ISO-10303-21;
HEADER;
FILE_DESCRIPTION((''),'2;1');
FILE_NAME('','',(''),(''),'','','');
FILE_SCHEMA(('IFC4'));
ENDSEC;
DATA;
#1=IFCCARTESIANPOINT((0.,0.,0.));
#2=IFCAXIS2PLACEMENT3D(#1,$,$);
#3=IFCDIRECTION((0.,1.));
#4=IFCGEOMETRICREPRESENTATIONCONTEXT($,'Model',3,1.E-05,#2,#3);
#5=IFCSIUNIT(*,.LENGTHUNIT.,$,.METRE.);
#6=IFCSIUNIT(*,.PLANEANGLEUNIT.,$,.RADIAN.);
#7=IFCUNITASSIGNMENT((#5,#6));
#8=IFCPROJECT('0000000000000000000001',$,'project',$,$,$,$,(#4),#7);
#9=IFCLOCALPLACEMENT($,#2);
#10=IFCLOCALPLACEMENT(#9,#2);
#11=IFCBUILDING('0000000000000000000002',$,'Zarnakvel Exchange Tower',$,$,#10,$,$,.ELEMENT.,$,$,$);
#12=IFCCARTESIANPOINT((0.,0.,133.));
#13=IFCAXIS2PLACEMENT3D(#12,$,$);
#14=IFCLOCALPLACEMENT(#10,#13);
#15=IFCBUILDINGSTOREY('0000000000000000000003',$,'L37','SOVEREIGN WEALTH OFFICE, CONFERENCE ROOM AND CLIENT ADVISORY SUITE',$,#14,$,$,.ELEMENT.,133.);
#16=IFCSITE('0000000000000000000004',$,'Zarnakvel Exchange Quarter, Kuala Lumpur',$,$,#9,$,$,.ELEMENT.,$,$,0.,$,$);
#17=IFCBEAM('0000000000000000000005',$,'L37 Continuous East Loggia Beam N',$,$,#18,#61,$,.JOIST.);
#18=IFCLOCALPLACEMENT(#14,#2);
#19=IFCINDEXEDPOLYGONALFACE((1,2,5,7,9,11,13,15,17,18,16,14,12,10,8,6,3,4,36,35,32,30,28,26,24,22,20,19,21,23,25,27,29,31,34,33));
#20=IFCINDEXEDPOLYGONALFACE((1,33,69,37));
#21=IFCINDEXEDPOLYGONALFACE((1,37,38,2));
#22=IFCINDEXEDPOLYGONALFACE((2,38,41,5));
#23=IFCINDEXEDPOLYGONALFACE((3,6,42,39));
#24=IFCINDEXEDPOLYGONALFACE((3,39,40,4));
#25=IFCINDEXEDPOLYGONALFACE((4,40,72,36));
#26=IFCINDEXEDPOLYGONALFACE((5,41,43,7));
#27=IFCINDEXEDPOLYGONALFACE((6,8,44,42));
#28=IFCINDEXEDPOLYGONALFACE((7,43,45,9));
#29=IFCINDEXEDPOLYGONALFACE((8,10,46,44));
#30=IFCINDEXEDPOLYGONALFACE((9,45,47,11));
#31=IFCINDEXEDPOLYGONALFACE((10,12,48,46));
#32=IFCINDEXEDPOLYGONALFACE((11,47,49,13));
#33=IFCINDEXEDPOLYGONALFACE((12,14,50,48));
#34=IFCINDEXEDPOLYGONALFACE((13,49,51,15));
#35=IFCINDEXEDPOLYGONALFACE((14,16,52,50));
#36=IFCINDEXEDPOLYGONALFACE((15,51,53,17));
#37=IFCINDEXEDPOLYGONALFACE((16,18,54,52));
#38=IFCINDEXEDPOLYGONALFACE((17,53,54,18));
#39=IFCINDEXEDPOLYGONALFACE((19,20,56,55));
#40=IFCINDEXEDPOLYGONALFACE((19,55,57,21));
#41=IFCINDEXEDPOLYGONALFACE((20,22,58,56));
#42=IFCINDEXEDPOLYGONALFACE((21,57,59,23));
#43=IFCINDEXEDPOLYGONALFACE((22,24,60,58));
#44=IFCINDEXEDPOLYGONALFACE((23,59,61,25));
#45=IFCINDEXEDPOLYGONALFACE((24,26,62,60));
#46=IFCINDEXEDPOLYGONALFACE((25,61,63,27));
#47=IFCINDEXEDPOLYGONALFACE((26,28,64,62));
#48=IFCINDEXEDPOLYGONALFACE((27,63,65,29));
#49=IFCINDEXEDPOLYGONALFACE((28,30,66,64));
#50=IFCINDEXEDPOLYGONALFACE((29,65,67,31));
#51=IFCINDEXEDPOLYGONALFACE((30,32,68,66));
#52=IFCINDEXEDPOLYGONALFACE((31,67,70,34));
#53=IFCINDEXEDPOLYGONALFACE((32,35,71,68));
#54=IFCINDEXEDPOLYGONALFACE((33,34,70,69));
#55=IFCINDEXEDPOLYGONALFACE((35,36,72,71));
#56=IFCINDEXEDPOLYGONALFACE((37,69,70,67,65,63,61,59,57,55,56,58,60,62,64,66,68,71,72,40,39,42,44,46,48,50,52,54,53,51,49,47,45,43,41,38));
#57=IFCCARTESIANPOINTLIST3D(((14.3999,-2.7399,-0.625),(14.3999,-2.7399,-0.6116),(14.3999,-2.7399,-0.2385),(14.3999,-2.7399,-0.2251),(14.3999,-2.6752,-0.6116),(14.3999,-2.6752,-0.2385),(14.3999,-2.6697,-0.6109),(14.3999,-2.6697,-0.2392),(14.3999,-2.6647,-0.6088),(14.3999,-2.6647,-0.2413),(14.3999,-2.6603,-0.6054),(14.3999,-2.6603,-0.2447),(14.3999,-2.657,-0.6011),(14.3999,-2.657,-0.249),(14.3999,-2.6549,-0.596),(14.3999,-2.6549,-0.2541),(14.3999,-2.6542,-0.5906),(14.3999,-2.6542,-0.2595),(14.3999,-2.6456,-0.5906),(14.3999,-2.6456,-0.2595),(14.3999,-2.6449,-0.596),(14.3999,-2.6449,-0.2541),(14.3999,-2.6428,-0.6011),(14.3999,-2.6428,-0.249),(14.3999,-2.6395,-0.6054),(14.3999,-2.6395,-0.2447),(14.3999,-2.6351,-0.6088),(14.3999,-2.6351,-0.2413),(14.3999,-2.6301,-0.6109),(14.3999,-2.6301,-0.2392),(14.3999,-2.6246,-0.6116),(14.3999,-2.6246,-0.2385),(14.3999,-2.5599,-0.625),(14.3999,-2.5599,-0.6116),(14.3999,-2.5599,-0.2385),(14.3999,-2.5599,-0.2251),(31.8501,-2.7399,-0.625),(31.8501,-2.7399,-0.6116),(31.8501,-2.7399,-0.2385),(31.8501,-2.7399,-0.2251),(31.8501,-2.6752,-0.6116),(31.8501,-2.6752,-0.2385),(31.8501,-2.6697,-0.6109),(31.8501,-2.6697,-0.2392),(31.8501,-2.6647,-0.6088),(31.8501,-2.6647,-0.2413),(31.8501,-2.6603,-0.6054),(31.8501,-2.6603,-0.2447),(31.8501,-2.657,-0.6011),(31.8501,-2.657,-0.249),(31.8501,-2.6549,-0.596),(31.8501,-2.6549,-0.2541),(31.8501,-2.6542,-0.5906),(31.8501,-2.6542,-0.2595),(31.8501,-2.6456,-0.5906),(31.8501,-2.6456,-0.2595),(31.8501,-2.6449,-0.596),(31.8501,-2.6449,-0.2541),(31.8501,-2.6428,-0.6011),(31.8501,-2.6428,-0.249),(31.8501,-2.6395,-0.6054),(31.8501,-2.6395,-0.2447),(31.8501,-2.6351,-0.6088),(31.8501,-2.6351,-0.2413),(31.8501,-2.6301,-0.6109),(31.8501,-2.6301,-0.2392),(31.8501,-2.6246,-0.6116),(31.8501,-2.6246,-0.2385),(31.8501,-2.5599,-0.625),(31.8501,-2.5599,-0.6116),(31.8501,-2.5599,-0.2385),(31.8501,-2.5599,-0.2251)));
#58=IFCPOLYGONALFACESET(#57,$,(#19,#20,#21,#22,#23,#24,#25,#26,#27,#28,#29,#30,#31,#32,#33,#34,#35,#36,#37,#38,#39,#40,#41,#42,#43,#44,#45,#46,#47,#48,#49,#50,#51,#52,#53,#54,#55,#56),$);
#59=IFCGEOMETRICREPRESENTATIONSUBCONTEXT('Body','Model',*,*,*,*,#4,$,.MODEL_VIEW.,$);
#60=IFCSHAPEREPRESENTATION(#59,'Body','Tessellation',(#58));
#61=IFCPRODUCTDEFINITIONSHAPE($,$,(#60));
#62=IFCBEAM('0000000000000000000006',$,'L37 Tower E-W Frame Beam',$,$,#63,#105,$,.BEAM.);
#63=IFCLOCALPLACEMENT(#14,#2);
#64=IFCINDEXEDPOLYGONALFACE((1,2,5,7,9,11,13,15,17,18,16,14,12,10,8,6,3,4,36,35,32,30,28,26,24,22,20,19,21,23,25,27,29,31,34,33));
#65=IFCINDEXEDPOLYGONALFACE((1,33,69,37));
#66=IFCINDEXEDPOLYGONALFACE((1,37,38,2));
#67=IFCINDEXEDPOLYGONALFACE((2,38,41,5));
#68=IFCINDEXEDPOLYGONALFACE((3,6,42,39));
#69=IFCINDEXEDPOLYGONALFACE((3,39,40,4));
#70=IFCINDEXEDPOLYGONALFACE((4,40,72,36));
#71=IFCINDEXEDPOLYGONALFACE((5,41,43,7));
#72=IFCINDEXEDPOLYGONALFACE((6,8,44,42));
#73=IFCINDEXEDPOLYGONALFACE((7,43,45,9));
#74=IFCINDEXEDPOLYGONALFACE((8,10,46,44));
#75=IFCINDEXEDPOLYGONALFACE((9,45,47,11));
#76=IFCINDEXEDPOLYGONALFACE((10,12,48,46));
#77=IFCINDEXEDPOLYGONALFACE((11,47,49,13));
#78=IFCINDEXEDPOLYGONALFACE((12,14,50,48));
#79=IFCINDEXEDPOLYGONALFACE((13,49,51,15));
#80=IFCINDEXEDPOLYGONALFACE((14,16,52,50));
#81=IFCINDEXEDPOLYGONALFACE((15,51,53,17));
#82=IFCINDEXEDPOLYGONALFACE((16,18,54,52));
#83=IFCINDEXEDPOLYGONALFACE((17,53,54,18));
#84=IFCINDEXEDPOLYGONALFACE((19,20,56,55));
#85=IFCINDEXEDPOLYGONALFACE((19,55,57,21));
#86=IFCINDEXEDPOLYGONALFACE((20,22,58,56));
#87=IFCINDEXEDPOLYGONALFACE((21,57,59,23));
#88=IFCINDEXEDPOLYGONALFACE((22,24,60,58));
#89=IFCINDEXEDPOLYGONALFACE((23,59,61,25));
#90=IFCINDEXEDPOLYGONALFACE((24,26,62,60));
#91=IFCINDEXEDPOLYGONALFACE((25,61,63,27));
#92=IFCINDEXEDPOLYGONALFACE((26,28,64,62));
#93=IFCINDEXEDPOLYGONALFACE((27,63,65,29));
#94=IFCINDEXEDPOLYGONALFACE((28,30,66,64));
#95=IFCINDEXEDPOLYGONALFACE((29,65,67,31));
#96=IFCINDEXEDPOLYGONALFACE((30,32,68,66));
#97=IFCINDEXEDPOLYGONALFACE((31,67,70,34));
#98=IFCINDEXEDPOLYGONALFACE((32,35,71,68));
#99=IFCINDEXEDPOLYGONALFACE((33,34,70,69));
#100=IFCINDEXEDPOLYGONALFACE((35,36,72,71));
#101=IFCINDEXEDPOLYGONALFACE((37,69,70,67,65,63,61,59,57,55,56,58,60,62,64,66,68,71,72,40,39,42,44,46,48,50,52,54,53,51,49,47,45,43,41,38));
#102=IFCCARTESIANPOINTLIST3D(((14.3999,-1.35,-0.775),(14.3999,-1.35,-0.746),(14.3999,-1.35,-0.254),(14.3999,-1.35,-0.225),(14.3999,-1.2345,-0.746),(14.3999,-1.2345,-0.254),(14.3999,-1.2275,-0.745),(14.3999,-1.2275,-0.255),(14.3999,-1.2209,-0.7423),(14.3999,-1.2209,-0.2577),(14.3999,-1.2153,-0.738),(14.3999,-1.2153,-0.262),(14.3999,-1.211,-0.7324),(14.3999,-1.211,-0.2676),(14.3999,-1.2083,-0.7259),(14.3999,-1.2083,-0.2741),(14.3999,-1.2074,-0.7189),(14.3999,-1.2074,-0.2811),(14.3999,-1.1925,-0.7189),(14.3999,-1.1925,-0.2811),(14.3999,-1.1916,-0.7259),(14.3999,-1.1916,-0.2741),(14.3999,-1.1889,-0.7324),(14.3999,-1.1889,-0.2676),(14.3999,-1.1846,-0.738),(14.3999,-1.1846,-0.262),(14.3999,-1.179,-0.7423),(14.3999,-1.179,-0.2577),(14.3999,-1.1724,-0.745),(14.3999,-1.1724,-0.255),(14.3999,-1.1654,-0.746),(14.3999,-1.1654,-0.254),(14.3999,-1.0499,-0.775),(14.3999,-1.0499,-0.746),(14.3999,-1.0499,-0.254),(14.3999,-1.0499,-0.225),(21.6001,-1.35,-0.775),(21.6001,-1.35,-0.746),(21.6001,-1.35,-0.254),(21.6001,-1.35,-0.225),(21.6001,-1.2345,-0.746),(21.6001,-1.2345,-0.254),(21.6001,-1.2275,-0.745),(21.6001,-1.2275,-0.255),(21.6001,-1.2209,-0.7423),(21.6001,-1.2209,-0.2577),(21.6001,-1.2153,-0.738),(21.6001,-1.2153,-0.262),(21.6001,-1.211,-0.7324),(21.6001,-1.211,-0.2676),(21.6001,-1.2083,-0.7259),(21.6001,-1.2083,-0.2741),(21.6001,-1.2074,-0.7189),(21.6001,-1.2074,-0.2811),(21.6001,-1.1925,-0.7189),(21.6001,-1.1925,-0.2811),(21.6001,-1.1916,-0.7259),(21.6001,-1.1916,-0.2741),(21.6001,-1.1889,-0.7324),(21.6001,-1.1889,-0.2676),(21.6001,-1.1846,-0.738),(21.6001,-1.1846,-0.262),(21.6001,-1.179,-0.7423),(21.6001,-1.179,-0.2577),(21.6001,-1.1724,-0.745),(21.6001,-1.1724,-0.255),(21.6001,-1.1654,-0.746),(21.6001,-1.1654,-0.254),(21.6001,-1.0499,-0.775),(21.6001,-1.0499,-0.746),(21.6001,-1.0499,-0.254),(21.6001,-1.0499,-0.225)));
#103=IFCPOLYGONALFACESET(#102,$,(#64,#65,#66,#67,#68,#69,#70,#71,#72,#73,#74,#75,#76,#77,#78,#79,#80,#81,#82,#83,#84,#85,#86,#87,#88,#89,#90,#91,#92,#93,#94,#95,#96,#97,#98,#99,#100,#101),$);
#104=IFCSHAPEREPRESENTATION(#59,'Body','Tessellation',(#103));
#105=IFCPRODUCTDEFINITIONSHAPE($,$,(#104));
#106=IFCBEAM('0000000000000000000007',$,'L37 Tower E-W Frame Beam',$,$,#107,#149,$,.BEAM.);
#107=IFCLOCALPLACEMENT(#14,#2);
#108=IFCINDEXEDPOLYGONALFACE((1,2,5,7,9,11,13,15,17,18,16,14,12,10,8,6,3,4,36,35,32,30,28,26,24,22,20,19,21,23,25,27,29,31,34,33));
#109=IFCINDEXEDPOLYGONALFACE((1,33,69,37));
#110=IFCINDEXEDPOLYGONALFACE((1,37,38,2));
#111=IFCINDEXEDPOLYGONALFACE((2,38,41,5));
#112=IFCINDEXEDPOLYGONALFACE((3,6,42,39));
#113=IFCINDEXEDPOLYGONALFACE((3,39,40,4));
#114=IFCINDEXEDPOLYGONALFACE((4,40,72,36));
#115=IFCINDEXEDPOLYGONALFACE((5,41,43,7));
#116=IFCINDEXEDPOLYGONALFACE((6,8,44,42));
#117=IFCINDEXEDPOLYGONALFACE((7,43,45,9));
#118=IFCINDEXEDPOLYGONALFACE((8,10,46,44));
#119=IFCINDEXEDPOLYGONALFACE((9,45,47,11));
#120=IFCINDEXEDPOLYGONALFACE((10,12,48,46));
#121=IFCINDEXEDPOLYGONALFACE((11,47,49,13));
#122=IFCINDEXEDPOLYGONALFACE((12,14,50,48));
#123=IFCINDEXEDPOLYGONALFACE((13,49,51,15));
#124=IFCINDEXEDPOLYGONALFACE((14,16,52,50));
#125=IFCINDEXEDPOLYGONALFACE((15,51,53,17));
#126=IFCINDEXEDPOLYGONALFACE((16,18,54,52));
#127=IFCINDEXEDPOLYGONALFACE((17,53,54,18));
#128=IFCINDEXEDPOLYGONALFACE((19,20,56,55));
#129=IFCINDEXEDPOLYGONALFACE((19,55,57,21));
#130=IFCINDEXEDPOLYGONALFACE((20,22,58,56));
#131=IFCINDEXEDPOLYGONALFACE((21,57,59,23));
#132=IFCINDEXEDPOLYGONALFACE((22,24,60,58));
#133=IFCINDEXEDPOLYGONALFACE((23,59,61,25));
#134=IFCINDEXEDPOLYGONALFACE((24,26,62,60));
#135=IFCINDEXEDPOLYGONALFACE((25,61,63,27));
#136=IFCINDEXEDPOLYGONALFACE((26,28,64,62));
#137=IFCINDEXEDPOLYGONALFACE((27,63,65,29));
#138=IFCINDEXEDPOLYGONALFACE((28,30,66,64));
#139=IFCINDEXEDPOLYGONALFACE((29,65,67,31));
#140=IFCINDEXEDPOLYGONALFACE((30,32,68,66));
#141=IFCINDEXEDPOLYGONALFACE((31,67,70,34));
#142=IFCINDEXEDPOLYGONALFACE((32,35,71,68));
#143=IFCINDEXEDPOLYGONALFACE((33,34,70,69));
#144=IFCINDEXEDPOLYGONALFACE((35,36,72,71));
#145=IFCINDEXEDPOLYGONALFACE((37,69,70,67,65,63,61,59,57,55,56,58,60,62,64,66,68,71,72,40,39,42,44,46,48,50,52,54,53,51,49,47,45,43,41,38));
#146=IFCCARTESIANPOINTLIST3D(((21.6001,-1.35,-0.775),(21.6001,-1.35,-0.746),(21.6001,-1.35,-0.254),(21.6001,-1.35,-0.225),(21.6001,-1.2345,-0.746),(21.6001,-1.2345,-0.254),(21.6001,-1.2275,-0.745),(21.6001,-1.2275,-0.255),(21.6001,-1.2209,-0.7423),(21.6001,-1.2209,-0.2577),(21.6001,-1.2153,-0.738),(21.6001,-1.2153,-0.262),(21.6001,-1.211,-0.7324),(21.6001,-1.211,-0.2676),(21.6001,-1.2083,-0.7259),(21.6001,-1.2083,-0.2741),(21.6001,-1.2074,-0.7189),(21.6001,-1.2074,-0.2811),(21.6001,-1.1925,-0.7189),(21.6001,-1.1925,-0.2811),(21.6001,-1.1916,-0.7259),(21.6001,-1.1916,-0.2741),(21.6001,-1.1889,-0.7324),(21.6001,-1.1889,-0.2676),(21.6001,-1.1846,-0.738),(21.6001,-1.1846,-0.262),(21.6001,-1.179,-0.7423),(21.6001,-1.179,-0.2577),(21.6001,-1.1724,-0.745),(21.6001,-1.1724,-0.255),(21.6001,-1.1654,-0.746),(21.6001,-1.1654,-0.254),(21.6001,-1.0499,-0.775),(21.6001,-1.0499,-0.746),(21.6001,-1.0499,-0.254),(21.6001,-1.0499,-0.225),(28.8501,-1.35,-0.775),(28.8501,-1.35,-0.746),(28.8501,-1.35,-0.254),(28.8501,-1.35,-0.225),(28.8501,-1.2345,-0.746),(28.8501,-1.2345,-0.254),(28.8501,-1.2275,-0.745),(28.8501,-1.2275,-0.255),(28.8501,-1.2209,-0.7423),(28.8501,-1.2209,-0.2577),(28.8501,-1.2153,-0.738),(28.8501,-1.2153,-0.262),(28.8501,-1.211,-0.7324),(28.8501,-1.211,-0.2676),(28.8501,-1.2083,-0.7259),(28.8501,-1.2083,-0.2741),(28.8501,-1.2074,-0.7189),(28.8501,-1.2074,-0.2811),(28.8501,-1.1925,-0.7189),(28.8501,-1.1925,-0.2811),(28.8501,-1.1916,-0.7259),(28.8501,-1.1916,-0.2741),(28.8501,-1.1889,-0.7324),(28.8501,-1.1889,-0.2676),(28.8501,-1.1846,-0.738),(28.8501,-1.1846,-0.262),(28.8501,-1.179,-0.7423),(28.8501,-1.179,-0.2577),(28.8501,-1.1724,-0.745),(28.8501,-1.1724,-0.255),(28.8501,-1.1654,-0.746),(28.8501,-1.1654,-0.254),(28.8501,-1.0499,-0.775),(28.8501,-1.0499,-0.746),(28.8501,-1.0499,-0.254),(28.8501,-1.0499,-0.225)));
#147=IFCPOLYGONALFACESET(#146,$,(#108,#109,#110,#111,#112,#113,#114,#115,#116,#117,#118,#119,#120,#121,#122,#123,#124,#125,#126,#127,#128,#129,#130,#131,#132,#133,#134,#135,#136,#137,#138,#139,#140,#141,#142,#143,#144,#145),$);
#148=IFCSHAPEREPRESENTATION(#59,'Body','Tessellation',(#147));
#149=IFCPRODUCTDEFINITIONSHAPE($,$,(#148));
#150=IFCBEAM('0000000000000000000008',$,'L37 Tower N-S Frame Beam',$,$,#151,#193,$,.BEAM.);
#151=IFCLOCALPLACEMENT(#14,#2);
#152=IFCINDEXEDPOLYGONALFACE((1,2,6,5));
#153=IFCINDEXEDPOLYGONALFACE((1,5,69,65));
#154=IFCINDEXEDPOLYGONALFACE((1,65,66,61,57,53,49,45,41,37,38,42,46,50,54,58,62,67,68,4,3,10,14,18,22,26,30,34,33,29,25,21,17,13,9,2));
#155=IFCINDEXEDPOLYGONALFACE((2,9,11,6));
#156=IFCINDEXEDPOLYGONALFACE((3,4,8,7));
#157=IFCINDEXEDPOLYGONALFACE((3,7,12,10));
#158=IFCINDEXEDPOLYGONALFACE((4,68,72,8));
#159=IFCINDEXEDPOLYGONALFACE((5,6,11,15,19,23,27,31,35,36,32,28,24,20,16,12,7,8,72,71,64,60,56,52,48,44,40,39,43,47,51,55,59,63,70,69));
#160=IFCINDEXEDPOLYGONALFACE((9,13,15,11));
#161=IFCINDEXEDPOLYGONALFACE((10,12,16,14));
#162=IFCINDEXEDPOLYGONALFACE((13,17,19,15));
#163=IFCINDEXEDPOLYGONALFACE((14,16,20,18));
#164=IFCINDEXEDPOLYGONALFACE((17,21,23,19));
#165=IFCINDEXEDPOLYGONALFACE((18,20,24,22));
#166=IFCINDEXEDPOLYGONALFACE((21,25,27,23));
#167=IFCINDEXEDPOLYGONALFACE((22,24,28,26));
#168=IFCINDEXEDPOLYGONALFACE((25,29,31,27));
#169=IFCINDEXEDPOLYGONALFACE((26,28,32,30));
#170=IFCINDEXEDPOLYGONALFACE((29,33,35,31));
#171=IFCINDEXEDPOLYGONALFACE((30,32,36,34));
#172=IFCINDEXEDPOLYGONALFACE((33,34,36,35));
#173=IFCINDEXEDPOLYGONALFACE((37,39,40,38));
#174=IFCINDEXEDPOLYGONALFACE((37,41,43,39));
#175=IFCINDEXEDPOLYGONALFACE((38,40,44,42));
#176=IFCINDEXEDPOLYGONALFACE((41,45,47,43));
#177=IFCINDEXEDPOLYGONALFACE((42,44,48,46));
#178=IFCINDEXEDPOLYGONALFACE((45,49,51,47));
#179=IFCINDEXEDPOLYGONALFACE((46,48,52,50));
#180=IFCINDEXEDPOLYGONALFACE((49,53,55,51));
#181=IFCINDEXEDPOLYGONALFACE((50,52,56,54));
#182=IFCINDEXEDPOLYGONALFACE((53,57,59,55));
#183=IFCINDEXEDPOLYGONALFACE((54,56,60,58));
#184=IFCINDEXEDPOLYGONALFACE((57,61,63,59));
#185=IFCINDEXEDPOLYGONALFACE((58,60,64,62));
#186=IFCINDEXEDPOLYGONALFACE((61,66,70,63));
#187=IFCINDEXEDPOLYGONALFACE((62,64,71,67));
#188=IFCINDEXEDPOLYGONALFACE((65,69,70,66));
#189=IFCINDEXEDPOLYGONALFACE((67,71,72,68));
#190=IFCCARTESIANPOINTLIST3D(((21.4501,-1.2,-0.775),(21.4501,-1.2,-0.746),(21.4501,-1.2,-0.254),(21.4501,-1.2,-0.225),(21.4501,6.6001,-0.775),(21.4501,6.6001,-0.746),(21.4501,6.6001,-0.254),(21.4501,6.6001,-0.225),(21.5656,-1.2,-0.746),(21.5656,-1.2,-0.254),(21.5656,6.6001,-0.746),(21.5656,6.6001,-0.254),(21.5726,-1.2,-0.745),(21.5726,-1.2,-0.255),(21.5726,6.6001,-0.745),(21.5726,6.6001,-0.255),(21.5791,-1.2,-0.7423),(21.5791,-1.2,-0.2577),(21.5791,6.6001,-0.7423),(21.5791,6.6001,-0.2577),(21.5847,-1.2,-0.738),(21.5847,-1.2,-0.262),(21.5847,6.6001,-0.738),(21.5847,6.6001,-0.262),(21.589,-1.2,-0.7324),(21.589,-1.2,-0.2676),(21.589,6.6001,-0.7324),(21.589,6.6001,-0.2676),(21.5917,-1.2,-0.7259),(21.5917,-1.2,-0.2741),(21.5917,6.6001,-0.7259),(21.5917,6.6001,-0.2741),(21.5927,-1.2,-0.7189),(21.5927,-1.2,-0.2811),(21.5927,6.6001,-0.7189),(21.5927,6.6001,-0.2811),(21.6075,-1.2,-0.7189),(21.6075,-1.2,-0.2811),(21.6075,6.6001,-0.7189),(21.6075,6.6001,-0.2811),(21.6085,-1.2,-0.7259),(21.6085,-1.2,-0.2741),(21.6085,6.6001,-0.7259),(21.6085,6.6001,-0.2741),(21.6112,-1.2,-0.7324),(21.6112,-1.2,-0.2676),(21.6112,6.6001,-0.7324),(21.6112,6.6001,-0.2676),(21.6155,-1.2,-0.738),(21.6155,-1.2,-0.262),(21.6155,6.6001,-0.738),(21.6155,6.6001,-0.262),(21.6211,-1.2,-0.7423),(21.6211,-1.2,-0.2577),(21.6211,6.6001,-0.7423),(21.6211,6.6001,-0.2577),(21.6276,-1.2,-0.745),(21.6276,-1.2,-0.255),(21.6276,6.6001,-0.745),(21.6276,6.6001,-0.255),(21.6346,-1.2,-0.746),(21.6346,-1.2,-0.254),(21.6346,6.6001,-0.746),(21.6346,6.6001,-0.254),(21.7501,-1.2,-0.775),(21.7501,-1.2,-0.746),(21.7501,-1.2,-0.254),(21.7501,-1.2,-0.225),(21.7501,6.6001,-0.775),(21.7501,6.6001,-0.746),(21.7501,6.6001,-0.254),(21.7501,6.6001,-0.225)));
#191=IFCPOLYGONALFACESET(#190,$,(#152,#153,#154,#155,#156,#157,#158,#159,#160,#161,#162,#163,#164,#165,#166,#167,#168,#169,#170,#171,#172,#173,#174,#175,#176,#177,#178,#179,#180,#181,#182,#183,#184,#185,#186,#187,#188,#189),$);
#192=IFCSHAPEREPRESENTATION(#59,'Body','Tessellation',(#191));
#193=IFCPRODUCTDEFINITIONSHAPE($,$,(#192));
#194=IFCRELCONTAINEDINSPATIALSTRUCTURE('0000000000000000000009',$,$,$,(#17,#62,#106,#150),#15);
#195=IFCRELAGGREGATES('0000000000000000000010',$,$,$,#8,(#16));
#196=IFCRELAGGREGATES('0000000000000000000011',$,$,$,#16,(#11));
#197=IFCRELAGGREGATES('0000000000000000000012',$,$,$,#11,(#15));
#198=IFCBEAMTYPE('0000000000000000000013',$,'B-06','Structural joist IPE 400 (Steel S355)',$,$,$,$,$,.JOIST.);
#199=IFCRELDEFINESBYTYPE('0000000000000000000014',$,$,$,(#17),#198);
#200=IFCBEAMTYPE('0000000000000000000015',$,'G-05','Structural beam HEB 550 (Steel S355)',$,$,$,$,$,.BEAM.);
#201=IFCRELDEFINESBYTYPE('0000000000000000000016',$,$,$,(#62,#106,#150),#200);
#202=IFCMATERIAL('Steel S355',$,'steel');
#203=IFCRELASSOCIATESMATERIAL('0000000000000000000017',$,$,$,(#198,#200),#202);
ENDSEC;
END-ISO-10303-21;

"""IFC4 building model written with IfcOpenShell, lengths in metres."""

from ifc_helpers import new_model, si_unit, direction, frame, origin, origin_2d, place, context, subcontext, project, spatial, i_section, extrude, material, material_profile, profile_set, type_object, element, save


model = new_model("IFC4")

# Units and contexts
model_context = context("Model", 3, precision=1e-05, world=origin(), true_north=direction((0.0, 1.0)))
body_context = subcontext(model_context, "Body", "Model", "MODEL_VIEW")
ifc_project = project(units=[si_unit("LENGTHUNIT", "METRE"), si_unit("PLANEANGLEUNIT", "RADIAN")], contexts=[model_context])

# Site, building, storey
site_placement = place(None, origin())
site = spatial("IfcSite", under=ifc_project, at=site_placement, Name="Zarnakvel Exchange Quarter, Kuala Lumpur", CompositionType="ELEMENT", RefElevation=0.0)
building_placement = place(site_placement, origin())
building = spatial("IfcBuilding", under=site, at=building_placement, Name="Zarnakvel Exchange Tower", CompositionType="ELEMENT")
storey_placement = place(building_placement, frame((0.0, 0.0, 133.0)))
storey = spatial("IfcBuildingStorey", under=building, at=storey_placement, Name="L37", Description="SOVEREIGN WEALTH OFFICE, CONFERENCE ROOM AND CLIENT ADVISORY SUITE", CompositionType="ELEMENT", Elevation=133.0)

# Shared definitions
ifc_material_1 = material(Name="Steel S355", Category="steel")

# Beams
ifc_material_profile_1 = material_profile(ifc_material_1, i_section(OverallWidth=0.1799, OverallDepth=0.3999, WebThickness=0.0085, FlangeThickness=0.0134, FilletRadius=0.021, at=origin_2d()))
ifc_profile_set_1 = profile_set([ifc_material_profile_1], Name="Steel S355")
beam_type_1 = type_object("IfcBeamType", Name="B-06", Description="Structural joist IPE 400 (Steel S355)", PredefinedType="JOIST", material=ifc_profile_set_1)
beam_1_placement = place(storey_placement, frame((14.3999, -2.6499, -0.425), z_axis=(1.0, 0.0, 0.0), x_axis=(0.0, 1.0, 0.0)))
element("IfcBeam", 1, at=beam_1_placement, inside=storey, type_object=beam_type_1, Name="L37 Continuous East Loggia Beam N", PredefinedType="JOIST", context=body_context, shape_type="SweptSolid", body=[
    extrude(i_section(OverallWidth=0.1799, OverallDepth=0.3999, WebThickness=0.0085, FlangeThickness=0.0134, FilletRadius=0.021, at=origin_2d()), origin(), (0.0, 0.0, 1.0), 17.4502),
])
ifc_material_profile_2 = material_profile(ifc_material_1, i_section(OverallWidth=0.3, OverallDepth=0.55, WebThickness=0.0149, FlangeThickness=0.0291, FilletRadius=0.0271, at=origin_2d()))
ifc_profile_set_2 = profile_set([ifc_material_profile_2], Name="Steel S355")
beam_type_2 = type_object("IfcBeamType", Name="G-05", Description="Structural beam HEB 550 (Steel S355)", PredefinedType="BEAM", material=ifc_profile_set_2)
beam_2_placement = place(storey_placement, frame((14.3999, -1.2, -0.5), z_axis=(1.0, 0.0, 0.0), x_axis=(0.0, 1.0, 0.0)))
element("IfcBeam", 2, at=beam_2_placement, inside=storey, type_object=beam_type_2, Name="L37 Tower E-W Frame Beam", PredefinedType="BEAM", context=body_context, shape_type="SweptSolid", body=[
    extrude(i_section(OverallWidth=0.3, OverallDepth=0.55, WebThickness=0.0149, FlangeThickness=0.0291, FilletRadius=0.0271, at=origin_2d()), origin(), (0.0, 0.0, 1.0), 7.2002),
])
beam_3_placement = place(storey_placement, frame((21.6001, -1.2, -0.5), z_axis=(1.0, 0.0, 0.0), x_axis=(0.0, 1.0, 0.0)))
element("IfcBeam", 3, at=beam_3_placement, inside=storey, type_object=beam_type_2, Name="L37 Tower E-W Frame Beam", PredefinedType="BEAM", context=body_context, shape_type="SweptSolid", body=[
    extrude(i_section(OverallWidth=0.3, OverallDepth=0.55, WebThickness=0.0149, FlangeThickness=0.0291, FilletRadius=0.0271, at=origin_2d()), origin(), (0.0, 0.0, 1.0), 7.25),
])
beam_4_placement = place(storey_placement, frame((21.6001, -1.2, -0.5), z_axis=(0.0, 1.0, 0.0), x_axis=(-1.0, 0.0, 0.0)))
element("IfcBeam", 4, at=beam_4_placement, inside=storey, type_object=beam_type_2, Name="L37 Tower N-S Frame Beam", PredefinedType="BEAM", context=body_context, shape_type="SweptSolid", body=[
    extrude(i_section(OverallWidth=0.3, OverallDepth=0.55, WebThickness=0.0149, FlangeThickness=0.0291, FilletRadius=0.0271, at=origin_2d()), origin(), (0.0, 0.0, 1.0), 7.8),
])

save(model, "model.ifc")
